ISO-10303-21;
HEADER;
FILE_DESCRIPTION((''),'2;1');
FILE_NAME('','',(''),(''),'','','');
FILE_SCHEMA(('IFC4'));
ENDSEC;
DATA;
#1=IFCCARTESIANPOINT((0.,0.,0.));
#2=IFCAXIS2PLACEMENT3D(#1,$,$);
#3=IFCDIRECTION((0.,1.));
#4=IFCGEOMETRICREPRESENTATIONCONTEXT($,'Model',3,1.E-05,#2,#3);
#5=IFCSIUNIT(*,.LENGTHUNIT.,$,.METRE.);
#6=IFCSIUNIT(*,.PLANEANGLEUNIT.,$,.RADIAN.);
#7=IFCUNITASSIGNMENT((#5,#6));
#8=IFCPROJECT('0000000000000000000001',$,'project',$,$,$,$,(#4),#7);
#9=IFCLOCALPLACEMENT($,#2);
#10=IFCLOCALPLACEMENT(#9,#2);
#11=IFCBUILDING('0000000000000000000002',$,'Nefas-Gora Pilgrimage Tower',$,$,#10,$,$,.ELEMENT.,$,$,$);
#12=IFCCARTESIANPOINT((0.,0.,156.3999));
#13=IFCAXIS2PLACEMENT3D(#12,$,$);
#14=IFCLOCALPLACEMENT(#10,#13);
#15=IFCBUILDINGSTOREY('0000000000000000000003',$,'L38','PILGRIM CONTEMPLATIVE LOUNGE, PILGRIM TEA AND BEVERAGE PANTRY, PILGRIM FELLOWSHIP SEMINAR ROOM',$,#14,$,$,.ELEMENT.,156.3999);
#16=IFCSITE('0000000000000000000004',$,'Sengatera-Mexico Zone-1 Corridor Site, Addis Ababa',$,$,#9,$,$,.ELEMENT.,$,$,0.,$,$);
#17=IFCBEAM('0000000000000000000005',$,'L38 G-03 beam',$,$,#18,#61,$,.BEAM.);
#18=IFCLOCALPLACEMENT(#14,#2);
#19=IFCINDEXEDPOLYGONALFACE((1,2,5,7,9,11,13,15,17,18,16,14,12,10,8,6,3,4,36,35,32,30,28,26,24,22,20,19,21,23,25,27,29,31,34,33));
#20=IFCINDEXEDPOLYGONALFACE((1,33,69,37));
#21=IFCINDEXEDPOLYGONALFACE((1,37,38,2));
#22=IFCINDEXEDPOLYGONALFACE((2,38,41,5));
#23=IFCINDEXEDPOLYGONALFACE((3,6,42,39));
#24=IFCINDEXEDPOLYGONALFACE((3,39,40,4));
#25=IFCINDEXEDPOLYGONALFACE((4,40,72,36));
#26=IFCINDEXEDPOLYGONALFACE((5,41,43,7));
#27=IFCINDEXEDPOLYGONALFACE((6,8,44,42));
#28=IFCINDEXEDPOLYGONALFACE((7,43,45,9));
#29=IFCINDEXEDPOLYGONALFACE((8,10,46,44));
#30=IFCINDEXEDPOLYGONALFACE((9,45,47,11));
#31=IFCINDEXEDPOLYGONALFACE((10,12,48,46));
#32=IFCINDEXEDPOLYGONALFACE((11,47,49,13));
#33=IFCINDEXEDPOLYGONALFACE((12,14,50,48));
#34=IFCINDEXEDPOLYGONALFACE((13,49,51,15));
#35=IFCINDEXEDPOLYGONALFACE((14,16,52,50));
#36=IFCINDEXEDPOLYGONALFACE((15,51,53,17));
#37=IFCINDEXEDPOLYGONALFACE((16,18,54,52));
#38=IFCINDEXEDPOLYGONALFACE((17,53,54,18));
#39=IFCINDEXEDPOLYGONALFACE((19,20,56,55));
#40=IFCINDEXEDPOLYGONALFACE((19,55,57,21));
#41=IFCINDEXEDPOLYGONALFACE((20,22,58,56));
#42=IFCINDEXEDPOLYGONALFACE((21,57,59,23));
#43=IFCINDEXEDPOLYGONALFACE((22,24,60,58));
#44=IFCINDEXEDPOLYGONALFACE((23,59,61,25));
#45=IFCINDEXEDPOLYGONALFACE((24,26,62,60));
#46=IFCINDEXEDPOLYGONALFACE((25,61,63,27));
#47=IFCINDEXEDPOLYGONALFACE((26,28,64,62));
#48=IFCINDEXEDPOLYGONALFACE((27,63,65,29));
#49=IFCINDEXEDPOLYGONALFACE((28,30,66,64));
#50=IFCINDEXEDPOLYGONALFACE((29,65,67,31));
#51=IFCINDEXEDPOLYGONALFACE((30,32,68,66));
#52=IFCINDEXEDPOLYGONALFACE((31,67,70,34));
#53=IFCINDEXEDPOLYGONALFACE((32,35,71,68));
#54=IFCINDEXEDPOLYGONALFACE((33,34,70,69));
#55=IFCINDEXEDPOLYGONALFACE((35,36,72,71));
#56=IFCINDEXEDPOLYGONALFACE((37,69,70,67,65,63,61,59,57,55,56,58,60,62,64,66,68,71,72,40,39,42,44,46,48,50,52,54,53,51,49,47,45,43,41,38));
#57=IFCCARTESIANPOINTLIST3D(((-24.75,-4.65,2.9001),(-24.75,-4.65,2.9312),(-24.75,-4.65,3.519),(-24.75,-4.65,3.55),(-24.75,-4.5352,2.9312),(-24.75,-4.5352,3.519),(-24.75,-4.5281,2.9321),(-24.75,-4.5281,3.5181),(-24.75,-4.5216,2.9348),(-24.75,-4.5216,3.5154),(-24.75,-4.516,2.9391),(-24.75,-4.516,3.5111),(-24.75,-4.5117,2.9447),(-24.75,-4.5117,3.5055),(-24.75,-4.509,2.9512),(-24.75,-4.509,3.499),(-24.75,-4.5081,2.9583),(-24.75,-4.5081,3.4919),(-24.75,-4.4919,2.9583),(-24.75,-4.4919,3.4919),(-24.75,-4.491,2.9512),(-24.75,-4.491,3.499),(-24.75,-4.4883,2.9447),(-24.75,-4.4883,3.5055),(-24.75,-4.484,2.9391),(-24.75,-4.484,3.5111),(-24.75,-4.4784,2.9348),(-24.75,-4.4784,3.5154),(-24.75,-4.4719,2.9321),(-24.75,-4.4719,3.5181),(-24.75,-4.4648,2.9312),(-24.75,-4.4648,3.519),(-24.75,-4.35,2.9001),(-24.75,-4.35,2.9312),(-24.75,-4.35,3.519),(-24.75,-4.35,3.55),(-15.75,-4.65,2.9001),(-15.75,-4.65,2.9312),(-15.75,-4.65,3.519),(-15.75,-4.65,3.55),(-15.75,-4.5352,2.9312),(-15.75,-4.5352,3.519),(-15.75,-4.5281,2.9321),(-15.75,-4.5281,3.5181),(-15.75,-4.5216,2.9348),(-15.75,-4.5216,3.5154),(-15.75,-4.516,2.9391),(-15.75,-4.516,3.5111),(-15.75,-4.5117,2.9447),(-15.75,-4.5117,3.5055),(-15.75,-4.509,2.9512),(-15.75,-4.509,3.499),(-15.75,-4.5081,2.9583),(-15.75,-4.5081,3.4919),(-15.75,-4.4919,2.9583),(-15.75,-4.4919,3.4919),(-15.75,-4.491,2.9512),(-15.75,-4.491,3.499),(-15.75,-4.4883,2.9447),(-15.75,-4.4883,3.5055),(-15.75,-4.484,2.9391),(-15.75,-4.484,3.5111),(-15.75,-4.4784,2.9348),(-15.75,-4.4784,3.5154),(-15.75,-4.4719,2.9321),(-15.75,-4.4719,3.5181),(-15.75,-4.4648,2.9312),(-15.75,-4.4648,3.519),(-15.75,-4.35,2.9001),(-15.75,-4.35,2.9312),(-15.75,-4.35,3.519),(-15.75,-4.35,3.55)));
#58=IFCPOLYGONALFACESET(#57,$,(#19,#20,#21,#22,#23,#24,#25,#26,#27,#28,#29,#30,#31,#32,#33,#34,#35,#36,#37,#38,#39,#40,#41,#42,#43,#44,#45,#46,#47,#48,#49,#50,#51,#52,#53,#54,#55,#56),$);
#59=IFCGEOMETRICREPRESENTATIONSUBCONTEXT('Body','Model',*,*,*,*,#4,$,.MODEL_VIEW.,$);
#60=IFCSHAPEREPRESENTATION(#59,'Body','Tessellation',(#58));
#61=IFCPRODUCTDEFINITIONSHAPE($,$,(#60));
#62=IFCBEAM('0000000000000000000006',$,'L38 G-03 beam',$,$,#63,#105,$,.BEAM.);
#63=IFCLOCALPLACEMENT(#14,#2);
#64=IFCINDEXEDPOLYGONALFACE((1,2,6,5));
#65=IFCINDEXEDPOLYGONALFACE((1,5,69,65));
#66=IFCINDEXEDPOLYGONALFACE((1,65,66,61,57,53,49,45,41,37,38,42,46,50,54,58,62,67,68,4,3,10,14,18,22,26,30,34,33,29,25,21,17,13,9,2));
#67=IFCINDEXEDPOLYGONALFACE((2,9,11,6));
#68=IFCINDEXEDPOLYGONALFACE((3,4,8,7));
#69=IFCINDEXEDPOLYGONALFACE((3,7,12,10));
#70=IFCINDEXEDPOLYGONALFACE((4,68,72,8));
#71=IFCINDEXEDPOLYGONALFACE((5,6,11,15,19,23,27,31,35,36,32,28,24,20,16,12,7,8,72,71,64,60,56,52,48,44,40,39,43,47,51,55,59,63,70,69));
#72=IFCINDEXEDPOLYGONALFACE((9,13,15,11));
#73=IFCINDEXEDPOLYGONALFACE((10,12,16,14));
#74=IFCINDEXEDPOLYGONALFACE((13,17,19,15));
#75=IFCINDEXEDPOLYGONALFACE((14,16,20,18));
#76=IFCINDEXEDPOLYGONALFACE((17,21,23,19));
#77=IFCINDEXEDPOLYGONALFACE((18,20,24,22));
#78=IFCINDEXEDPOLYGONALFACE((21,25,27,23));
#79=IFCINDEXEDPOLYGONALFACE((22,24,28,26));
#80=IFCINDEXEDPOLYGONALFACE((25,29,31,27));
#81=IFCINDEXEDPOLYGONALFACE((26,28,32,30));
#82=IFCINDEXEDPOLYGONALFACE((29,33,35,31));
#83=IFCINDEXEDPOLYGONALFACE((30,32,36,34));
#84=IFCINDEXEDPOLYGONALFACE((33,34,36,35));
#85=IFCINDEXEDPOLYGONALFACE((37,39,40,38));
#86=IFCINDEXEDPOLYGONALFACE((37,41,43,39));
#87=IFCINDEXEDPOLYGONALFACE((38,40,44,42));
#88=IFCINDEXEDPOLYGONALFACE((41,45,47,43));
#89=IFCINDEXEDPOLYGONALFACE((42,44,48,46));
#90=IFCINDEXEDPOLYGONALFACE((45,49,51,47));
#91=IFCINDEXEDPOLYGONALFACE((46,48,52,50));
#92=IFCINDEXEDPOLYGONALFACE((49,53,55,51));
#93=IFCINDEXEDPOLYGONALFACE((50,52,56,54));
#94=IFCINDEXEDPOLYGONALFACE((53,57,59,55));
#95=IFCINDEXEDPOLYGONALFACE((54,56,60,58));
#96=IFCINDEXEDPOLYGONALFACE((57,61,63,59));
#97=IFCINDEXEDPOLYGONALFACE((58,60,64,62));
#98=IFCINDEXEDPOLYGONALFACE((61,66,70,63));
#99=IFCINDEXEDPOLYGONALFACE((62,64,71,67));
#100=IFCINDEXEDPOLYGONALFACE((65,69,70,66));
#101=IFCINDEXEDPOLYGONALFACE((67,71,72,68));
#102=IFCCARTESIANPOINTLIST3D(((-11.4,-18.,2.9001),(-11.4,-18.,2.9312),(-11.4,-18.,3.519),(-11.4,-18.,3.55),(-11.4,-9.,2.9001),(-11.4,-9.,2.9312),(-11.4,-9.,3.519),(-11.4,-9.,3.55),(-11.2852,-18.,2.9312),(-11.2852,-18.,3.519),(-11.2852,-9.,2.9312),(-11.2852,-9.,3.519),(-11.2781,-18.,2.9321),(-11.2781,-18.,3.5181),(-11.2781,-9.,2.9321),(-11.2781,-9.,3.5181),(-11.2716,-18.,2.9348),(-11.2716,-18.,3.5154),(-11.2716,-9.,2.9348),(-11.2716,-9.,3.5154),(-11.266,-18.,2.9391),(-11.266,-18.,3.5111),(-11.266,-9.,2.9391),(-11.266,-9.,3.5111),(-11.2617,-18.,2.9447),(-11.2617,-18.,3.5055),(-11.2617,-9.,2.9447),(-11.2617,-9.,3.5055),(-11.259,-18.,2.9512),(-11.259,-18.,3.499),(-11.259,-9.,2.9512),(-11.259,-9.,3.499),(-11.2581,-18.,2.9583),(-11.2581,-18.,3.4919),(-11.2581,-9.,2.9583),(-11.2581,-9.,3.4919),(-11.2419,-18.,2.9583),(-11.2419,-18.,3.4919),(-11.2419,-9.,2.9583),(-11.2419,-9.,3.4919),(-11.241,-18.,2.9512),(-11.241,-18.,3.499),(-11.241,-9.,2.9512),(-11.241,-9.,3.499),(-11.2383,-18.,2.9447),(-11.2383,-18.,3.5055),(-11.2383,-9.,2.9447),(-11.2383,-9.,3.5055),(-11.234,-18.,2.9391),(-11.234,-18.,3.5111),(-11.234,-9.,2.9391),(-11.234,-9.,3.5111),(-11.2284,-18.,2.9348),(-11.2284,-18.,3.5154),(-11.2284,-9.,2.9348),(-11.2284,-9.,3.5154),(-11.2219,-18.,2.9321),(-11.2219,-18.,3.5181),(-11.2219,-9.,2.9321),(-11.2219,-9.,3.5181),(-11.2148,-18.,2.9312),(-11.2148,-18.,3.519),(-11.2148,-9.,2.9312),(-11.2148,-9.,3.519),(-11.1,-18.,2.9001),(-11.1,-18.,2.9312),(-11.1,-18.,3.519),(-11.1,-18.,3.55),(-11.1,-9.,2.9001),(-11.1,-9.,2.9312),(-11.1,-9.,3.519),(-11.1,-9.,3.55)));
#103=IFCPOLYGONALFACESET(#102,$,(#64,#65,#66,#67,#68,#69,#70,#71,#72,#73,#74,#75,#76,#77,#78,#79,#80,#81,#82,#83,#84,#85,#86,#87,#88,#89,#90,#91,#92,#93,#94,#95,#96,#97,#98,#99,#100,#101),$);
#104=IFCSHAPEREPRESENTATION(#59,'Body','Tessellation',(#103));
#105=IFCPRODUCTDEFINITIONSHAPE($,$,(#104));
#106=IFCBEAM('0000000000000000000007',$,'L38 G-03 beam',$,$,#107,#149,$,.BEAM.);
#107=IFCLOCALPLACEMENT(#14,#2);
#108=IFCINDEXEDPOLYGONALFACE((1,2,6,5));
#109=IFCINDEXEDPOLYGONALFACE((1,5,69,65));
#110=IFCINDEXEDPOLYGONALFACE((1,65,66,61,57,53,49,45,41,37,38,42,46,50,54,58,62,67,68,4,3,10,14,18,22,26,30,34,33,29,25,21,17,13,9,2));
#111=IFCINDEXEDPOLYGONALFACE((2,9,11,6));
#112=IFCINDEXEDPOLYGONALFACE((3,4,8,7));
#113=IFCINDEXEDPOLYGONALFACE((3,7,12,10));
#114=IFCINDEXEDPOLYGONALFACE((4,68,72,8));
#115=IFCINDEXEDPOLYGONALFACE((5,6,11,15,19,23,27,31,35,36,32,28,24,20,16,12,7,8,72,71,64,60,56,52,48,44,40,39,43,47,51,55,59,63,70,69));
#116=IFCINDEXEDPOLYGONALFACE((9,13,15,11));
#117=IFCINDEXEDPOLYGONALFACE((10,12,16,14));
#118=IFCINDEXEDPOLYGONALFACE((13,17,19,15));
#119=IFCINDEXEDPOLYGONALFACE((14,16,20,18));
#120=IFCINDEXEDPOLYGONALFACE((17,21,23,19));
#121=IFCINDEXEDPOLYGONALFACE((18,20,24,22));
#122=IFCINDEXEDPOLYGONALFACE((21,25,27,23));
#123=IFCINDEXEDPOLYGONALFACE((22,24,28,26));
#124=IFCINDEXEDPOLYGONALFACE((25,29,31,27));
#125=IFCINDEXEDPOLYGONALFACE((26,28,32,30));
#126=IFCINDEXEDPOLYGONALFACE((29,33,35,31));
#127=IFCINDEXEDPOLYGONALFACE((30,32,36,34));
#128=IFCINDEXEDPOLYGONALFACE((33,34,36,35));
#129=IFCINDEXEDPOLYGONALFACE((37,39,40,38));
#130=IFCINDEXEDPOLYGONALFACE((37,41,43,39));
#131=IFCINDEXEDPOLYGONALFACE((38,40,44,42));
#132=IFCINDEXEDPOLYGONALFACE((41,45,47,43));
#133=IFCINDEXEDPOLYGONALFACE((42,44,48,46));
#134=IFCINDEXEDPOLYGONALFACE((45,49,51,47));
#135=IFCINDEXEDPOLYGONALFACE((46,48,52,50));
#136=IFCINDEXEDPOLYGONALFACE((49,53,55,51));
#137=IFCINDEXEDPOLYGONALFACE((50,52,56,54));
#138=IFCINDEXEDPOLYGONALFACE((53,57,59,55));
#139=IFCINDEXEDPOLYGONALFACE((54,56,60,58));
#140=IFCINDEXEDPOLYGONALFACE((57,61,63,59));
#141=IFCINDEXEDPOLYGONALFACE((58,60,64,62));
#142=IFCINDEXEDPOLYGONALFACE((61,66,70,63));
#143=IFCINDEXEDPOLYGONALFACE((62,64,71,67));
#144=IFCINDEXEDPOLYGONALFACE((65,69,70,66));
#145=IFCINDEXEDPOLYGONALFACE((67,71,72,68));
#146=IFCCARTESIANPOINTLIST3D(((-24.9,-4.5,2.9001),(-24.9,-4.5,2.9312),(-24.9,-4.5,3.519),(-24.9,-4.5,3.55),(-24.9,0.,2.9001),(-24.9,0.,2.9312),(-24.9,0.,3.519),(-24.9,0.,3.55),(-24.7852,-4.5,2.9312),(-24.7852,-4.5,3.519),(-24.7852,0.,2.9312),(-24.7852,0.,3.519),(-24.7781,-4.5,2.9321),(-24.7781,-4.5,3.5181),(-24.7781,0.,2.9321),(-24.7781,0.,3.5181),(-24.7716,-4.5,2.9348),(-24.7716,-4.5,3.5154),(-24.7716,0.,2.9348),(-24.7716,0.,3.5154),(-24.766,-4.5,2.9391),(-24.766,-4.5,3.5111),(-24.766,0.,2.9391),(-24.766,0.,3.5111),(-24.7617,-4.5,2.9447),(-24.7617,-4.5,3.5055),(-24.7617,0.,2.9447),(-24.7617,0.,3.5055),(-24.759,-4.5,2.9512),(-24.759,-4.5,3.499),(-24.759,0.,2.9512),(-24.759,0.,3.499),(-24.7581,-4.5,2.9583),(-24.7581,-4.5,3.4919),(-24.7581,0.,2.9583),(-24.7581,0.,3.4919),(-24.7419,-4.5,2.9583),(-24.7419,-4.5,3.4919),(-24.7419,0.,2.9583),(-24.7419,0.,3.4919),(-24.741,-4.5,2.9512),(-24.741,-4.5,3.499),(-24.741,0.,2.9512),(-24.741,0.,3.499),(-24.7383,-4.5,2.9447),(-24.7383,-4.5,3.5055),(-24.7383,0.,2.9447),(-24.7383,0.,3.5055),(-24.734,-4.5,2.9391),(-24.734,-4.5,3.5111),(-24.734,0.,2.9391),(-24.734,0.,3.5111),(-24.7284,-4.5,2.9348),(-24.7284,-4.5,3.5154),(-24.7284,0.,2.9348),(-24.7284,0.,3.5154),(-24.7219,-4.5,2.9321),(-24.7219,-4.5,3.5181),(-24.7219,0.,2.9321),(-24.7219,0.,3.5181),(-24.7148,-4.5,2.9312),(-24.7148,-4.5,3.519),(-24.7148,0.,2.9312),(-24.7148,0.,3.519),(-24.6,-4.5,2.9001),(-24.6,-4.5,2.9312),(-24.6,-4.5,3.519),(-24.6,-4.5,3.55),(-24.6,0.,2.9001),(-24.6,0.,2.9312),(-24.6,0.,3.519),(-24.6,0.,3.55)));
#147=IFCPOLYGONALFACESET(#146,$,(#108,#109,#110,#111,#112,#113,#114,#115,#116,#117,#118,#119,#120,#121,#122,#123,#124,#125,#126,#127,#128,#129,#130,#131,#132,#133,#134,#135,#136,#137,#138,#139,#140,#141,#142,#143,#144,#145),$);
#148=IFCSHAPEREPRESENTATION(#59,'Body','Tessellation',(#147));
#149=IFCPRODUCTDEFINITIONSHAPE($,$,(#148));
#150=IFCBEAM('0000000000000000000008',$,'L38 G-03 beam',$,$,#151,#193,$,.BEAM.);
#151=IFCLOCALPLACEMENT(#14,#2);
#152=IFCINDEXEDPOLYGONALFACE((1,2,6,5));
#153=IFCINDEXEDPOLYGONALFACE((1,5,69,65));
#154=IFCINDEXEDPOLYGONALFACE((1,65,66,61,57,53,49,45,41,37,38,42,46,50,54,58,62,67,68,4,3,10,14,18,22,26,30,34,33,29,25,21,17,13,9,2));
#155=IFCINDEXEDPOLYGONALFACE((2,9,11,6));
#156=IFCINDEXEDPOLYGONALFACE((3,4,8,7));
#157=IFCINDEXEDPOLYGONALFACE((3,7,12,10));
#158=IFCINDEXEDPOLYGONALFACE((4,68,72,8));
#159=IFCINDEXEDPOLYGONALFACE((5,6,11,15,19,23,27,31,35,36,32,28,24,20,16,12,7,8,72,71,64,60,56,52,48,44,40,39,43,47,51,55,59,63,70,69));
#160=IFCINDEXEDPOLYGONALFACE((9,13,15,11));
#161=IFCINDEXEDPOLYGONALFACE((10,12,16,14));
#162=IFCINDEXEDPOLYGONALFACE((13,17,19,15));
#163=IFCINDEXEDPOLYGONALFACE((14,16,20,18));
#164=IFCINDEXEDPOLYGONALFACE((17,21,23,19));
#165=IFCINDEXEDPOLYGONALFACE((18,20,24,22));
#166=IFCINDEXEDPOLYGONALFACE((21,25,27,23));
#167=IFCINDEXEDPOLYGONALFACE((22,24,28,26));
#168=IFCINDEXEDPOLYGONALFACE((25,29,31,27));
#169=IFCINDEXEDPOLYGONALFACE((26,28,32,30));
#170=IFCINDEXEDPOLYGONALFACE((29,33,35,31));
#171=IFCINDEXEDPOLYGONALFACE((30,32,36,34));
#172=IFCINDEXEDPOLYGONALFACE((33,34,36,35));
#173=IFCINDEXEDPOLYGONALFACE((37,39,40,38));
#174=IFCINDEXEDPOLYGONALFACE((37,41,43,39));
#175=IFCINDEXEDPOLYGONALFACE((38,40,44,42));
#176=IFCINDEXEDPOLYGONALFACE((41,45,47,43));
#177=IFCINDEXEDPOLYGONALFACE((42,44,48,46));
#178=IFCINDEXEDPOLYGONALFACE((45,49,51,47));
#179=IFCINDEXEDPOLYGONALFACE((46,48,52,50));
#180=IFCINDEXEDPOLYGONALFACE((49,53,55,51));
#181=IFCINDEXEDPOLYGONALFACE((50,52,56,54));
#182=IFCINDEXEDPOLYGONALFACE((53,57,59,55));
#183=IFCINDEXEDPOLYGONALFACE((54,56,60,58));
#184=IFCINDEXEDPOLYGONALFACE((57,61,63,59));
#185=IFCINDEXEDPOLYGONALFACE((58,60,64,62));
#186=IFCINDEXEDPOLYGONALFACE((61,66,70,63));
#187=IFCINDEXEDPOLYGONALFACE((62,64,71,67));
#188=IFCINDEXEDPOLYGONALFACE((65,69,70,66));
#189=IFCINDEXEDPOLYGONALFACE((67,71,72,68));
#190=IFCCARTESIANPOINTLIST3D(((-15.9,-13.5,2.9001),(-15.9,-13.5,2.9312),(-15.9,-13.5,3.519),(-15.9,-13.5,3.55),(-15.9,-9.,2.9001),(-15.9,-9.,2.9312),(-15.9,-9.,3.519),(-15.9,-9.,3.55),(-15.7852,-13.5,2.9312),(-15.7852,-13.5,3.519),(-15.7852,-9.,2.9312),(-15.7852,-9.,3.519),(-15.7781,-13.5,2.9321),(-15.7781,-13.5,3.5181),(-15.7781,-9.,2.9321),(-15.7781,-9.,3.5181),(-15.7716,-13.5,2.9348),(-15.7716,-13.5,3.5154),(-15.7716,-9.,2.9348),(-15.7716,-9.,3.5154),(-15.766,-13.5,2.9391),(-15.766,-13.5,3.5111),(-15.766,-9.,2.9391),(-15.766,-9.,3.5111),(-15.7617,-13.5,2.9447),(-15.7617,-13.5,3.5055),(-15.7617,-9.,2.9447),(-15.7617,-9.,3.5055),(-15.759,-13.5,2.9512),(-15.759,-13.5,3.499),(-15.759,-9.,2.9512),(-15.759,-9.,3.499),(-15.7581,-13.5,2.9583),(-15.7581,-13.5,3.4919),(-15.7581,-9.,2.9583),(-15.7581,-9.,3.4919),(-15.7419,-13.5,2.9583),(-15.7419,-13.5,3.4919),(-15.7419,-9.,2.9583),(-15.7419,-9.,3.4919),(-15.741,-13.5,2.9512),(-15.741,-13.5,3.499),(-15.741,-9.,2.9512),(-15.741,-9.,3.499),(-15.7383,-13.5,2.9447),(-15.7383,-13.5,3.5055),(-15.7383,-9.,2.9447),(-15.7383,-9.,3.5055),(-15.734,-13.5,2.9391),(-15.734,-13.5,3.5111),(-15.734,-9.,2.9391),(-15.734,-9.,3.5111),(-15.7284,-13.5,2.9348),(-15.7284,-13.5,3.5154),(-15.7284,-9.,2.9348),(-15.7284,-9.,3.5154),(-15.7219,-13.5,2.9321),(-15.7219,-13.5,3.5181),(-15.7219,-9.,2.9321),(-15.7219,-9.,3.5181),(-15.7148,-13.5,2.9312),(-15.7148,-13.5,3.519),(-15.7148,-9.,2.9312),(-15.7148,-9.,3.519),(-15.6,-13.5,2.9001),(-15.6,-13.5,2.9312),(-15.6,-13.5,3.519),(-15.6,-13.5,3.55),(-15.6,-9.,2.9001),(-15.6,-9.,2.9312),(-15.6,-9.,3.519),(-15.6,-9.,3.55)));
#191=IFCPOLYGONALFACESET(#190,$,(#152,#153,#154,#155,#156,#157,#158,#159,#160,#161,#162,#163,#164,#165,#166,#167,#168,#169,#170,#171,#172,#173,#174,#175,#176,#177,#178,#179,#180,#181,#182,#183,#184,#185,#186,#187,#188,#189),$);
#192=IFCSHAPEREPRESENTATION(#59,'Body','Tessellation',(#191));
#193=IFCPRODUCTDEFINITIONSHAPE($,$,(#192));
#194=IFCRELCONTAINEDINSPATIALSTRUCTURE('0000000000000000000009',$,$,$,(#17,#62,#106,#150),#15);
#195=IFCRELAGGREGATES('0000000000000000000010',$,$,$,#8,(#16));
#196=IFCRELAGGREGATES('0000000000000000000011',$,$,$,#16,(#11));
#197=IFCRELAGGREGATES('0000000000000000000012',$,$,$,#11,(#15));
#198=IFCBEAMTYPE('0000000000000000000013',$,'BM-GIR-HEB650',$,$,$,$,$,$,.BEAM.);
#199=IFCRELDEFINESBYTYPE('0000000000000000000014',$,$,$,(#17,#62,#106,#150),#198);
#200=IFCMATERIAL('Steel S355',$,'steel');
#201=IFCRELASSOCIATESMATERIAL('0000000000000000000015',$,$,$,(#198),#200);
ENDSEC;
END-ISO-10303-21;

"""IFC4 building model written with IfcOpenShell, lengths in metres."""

from ifc_helpers import new_model, si_unit, direction, frame, origin, origin_2d, place, context, subcontext, project, spatial, i_section, extrude, source, transform, mapped, material, material_profile, profile_set, type_object, element, save


model = new_model("IFC4")

# Units and contexts
model_context = context("Model", 3, precision=1e-05, world=origin(), true_north=direction((0.0, 1.0)))
body_context = subcontext(model_context, "Body", "Model", "MODEL_VIEW")
ifc_project = project(units=[si_unit("LENGTHUNIT", "METRE"), si_unit("PLANEANGLEUNIT", "RADIAN")], contexts=[model_context])

# Site, building, storey
site_placement = place(None, origin())
site = spatial("IfcSite", under=ifc_project, at=site_placement, Name="Sengatera-Mexico Zone-1 Corridor Site, Addis Ababa", CompositionType="ELEMENT", RefElevation=0.0)
building_placement = place(site_placement, origin())
building = spatial("IfcBuilding", under=site, at=building_placement, Name="Nefas-Gora Pilgrimage Tower", CompositionType="ELEMENT")
storey_placement = place(building_placement, frame((0.0, 0.0, 156.3999)))
storey = spatial("IfcBuildingStorey", under=building, at=storey_placement, Name="L38", Description="PILGRIM CONTEMPLATIVE LOUNGE, PILGRIM TEA AND BEVERAGE PANTRY, PILGRIM FELLOWSHIP SEMINAR ROOM", CompositionType="ELEMENT", Elevation=156.3999)

# Beams
ifc_material_1 = material(Name="Steel S355", Category="steel")
ifc_material_profile_1 = material_profile(ifc_material_1, i_section(OverallWidth=0.3, OverallDepth=0.6499, WebThickness=0.0161, FlangeThickness=0.031, FilletRadius=0.0271, at=origin_2d()), Name="HEB 650")
ifc_profile_set_1 = profile_set([ifc_material_profile_1], Name="Steel S355")
beam_type = type_object("IfcBeamType", Name="BM-GIR-HEB650", PredefinedType="BEAM", material=ifc_profile_set_1)
shared_shape_1 = source(origin(), body_context, "Body", "SweptSolid", [
    extrude(i_section(OverallWidth=0.3, OverallDepth=0.6499, WebThickness=0.0161, FlangeThickness=0.031, FilletRadius=0.0271, at=origin_2d()), origin(), (0.0, 0.0, 1.0), 9.0),
])
for number, where, z_axis, x_axis, name in (
    (1, (-24.75, -4.5, 3.2251), (1.0, 0.0, 0.0), (0.0, 1.0, 0.0), "L38 G-03 beam"),
    (2, (-11.25, -18.0, 3.2251), (0.0, 1.0, 0.0), (-1.0, 0.0, 0.0), "L38 G-03 beam"),
):
    element("IfcBeam", number, at=place(storey_placement, frame(where, z_axis=z_axis, x_axis=x_axis)), inside=storey, type_object=beam_type, Name=name, PredefinedType="BEAM", context=body_context, shape_type="MappedRepresentation", body=[
        mapped(shared_shape_1, transform((0.0, 0.0, 0.0), x_axis=(1.0, 0.0, 0.0), y_axis=(0.0, 1.0, 0.0), z_axis=(0.0, 0.0, 1.0), scale=1.0)),
    ])
shared_shape_2 = source(origin(), body_context, "Body", "SweptSolid", [
    extrude(i_section(OverallWidth=0.3, OverallDepth=0.6499, WebThickness=0.0161, FlangeThickness=0.031, FilletRadius=0.0271, at=origin_2d()), origin(), (0.0, 0.0, 1.0), 4.5),
])
for number, where, z_axis, x_axis, name in (
    (3, (-24.75, -4.5, 3.2251), (0.0, 1.0, 0.0), (-1.0, 0.0, 0.0), "L38 G-03 beam"),
    (4, (-15.75, -13.5, 3.2251), (0.0, 1.0, 0.0), (-1.0, 0.0, 0.0), "L38 G-03 beam"),
):
    element("IfcBeam", number, at=place(storey_placement, frame(where, z_axis=z_axis, x_axis=x_axis)), inside=storey, type_object=beam_type, Name=name, PredefinedType="BEAM", context=body_context, shape_type="MappedRepresentation", body=[
        mapped(shared_shape_2, transform((0.0, 0.0, 0.0), x_axis=(1.0, 0.0, 0.0), y_axis=(0.0, 1.0, 0.0), z_axis=(0.0, 0.0, 1.0), scale=1.0)),
    ])

save(model, "model.ifc")
